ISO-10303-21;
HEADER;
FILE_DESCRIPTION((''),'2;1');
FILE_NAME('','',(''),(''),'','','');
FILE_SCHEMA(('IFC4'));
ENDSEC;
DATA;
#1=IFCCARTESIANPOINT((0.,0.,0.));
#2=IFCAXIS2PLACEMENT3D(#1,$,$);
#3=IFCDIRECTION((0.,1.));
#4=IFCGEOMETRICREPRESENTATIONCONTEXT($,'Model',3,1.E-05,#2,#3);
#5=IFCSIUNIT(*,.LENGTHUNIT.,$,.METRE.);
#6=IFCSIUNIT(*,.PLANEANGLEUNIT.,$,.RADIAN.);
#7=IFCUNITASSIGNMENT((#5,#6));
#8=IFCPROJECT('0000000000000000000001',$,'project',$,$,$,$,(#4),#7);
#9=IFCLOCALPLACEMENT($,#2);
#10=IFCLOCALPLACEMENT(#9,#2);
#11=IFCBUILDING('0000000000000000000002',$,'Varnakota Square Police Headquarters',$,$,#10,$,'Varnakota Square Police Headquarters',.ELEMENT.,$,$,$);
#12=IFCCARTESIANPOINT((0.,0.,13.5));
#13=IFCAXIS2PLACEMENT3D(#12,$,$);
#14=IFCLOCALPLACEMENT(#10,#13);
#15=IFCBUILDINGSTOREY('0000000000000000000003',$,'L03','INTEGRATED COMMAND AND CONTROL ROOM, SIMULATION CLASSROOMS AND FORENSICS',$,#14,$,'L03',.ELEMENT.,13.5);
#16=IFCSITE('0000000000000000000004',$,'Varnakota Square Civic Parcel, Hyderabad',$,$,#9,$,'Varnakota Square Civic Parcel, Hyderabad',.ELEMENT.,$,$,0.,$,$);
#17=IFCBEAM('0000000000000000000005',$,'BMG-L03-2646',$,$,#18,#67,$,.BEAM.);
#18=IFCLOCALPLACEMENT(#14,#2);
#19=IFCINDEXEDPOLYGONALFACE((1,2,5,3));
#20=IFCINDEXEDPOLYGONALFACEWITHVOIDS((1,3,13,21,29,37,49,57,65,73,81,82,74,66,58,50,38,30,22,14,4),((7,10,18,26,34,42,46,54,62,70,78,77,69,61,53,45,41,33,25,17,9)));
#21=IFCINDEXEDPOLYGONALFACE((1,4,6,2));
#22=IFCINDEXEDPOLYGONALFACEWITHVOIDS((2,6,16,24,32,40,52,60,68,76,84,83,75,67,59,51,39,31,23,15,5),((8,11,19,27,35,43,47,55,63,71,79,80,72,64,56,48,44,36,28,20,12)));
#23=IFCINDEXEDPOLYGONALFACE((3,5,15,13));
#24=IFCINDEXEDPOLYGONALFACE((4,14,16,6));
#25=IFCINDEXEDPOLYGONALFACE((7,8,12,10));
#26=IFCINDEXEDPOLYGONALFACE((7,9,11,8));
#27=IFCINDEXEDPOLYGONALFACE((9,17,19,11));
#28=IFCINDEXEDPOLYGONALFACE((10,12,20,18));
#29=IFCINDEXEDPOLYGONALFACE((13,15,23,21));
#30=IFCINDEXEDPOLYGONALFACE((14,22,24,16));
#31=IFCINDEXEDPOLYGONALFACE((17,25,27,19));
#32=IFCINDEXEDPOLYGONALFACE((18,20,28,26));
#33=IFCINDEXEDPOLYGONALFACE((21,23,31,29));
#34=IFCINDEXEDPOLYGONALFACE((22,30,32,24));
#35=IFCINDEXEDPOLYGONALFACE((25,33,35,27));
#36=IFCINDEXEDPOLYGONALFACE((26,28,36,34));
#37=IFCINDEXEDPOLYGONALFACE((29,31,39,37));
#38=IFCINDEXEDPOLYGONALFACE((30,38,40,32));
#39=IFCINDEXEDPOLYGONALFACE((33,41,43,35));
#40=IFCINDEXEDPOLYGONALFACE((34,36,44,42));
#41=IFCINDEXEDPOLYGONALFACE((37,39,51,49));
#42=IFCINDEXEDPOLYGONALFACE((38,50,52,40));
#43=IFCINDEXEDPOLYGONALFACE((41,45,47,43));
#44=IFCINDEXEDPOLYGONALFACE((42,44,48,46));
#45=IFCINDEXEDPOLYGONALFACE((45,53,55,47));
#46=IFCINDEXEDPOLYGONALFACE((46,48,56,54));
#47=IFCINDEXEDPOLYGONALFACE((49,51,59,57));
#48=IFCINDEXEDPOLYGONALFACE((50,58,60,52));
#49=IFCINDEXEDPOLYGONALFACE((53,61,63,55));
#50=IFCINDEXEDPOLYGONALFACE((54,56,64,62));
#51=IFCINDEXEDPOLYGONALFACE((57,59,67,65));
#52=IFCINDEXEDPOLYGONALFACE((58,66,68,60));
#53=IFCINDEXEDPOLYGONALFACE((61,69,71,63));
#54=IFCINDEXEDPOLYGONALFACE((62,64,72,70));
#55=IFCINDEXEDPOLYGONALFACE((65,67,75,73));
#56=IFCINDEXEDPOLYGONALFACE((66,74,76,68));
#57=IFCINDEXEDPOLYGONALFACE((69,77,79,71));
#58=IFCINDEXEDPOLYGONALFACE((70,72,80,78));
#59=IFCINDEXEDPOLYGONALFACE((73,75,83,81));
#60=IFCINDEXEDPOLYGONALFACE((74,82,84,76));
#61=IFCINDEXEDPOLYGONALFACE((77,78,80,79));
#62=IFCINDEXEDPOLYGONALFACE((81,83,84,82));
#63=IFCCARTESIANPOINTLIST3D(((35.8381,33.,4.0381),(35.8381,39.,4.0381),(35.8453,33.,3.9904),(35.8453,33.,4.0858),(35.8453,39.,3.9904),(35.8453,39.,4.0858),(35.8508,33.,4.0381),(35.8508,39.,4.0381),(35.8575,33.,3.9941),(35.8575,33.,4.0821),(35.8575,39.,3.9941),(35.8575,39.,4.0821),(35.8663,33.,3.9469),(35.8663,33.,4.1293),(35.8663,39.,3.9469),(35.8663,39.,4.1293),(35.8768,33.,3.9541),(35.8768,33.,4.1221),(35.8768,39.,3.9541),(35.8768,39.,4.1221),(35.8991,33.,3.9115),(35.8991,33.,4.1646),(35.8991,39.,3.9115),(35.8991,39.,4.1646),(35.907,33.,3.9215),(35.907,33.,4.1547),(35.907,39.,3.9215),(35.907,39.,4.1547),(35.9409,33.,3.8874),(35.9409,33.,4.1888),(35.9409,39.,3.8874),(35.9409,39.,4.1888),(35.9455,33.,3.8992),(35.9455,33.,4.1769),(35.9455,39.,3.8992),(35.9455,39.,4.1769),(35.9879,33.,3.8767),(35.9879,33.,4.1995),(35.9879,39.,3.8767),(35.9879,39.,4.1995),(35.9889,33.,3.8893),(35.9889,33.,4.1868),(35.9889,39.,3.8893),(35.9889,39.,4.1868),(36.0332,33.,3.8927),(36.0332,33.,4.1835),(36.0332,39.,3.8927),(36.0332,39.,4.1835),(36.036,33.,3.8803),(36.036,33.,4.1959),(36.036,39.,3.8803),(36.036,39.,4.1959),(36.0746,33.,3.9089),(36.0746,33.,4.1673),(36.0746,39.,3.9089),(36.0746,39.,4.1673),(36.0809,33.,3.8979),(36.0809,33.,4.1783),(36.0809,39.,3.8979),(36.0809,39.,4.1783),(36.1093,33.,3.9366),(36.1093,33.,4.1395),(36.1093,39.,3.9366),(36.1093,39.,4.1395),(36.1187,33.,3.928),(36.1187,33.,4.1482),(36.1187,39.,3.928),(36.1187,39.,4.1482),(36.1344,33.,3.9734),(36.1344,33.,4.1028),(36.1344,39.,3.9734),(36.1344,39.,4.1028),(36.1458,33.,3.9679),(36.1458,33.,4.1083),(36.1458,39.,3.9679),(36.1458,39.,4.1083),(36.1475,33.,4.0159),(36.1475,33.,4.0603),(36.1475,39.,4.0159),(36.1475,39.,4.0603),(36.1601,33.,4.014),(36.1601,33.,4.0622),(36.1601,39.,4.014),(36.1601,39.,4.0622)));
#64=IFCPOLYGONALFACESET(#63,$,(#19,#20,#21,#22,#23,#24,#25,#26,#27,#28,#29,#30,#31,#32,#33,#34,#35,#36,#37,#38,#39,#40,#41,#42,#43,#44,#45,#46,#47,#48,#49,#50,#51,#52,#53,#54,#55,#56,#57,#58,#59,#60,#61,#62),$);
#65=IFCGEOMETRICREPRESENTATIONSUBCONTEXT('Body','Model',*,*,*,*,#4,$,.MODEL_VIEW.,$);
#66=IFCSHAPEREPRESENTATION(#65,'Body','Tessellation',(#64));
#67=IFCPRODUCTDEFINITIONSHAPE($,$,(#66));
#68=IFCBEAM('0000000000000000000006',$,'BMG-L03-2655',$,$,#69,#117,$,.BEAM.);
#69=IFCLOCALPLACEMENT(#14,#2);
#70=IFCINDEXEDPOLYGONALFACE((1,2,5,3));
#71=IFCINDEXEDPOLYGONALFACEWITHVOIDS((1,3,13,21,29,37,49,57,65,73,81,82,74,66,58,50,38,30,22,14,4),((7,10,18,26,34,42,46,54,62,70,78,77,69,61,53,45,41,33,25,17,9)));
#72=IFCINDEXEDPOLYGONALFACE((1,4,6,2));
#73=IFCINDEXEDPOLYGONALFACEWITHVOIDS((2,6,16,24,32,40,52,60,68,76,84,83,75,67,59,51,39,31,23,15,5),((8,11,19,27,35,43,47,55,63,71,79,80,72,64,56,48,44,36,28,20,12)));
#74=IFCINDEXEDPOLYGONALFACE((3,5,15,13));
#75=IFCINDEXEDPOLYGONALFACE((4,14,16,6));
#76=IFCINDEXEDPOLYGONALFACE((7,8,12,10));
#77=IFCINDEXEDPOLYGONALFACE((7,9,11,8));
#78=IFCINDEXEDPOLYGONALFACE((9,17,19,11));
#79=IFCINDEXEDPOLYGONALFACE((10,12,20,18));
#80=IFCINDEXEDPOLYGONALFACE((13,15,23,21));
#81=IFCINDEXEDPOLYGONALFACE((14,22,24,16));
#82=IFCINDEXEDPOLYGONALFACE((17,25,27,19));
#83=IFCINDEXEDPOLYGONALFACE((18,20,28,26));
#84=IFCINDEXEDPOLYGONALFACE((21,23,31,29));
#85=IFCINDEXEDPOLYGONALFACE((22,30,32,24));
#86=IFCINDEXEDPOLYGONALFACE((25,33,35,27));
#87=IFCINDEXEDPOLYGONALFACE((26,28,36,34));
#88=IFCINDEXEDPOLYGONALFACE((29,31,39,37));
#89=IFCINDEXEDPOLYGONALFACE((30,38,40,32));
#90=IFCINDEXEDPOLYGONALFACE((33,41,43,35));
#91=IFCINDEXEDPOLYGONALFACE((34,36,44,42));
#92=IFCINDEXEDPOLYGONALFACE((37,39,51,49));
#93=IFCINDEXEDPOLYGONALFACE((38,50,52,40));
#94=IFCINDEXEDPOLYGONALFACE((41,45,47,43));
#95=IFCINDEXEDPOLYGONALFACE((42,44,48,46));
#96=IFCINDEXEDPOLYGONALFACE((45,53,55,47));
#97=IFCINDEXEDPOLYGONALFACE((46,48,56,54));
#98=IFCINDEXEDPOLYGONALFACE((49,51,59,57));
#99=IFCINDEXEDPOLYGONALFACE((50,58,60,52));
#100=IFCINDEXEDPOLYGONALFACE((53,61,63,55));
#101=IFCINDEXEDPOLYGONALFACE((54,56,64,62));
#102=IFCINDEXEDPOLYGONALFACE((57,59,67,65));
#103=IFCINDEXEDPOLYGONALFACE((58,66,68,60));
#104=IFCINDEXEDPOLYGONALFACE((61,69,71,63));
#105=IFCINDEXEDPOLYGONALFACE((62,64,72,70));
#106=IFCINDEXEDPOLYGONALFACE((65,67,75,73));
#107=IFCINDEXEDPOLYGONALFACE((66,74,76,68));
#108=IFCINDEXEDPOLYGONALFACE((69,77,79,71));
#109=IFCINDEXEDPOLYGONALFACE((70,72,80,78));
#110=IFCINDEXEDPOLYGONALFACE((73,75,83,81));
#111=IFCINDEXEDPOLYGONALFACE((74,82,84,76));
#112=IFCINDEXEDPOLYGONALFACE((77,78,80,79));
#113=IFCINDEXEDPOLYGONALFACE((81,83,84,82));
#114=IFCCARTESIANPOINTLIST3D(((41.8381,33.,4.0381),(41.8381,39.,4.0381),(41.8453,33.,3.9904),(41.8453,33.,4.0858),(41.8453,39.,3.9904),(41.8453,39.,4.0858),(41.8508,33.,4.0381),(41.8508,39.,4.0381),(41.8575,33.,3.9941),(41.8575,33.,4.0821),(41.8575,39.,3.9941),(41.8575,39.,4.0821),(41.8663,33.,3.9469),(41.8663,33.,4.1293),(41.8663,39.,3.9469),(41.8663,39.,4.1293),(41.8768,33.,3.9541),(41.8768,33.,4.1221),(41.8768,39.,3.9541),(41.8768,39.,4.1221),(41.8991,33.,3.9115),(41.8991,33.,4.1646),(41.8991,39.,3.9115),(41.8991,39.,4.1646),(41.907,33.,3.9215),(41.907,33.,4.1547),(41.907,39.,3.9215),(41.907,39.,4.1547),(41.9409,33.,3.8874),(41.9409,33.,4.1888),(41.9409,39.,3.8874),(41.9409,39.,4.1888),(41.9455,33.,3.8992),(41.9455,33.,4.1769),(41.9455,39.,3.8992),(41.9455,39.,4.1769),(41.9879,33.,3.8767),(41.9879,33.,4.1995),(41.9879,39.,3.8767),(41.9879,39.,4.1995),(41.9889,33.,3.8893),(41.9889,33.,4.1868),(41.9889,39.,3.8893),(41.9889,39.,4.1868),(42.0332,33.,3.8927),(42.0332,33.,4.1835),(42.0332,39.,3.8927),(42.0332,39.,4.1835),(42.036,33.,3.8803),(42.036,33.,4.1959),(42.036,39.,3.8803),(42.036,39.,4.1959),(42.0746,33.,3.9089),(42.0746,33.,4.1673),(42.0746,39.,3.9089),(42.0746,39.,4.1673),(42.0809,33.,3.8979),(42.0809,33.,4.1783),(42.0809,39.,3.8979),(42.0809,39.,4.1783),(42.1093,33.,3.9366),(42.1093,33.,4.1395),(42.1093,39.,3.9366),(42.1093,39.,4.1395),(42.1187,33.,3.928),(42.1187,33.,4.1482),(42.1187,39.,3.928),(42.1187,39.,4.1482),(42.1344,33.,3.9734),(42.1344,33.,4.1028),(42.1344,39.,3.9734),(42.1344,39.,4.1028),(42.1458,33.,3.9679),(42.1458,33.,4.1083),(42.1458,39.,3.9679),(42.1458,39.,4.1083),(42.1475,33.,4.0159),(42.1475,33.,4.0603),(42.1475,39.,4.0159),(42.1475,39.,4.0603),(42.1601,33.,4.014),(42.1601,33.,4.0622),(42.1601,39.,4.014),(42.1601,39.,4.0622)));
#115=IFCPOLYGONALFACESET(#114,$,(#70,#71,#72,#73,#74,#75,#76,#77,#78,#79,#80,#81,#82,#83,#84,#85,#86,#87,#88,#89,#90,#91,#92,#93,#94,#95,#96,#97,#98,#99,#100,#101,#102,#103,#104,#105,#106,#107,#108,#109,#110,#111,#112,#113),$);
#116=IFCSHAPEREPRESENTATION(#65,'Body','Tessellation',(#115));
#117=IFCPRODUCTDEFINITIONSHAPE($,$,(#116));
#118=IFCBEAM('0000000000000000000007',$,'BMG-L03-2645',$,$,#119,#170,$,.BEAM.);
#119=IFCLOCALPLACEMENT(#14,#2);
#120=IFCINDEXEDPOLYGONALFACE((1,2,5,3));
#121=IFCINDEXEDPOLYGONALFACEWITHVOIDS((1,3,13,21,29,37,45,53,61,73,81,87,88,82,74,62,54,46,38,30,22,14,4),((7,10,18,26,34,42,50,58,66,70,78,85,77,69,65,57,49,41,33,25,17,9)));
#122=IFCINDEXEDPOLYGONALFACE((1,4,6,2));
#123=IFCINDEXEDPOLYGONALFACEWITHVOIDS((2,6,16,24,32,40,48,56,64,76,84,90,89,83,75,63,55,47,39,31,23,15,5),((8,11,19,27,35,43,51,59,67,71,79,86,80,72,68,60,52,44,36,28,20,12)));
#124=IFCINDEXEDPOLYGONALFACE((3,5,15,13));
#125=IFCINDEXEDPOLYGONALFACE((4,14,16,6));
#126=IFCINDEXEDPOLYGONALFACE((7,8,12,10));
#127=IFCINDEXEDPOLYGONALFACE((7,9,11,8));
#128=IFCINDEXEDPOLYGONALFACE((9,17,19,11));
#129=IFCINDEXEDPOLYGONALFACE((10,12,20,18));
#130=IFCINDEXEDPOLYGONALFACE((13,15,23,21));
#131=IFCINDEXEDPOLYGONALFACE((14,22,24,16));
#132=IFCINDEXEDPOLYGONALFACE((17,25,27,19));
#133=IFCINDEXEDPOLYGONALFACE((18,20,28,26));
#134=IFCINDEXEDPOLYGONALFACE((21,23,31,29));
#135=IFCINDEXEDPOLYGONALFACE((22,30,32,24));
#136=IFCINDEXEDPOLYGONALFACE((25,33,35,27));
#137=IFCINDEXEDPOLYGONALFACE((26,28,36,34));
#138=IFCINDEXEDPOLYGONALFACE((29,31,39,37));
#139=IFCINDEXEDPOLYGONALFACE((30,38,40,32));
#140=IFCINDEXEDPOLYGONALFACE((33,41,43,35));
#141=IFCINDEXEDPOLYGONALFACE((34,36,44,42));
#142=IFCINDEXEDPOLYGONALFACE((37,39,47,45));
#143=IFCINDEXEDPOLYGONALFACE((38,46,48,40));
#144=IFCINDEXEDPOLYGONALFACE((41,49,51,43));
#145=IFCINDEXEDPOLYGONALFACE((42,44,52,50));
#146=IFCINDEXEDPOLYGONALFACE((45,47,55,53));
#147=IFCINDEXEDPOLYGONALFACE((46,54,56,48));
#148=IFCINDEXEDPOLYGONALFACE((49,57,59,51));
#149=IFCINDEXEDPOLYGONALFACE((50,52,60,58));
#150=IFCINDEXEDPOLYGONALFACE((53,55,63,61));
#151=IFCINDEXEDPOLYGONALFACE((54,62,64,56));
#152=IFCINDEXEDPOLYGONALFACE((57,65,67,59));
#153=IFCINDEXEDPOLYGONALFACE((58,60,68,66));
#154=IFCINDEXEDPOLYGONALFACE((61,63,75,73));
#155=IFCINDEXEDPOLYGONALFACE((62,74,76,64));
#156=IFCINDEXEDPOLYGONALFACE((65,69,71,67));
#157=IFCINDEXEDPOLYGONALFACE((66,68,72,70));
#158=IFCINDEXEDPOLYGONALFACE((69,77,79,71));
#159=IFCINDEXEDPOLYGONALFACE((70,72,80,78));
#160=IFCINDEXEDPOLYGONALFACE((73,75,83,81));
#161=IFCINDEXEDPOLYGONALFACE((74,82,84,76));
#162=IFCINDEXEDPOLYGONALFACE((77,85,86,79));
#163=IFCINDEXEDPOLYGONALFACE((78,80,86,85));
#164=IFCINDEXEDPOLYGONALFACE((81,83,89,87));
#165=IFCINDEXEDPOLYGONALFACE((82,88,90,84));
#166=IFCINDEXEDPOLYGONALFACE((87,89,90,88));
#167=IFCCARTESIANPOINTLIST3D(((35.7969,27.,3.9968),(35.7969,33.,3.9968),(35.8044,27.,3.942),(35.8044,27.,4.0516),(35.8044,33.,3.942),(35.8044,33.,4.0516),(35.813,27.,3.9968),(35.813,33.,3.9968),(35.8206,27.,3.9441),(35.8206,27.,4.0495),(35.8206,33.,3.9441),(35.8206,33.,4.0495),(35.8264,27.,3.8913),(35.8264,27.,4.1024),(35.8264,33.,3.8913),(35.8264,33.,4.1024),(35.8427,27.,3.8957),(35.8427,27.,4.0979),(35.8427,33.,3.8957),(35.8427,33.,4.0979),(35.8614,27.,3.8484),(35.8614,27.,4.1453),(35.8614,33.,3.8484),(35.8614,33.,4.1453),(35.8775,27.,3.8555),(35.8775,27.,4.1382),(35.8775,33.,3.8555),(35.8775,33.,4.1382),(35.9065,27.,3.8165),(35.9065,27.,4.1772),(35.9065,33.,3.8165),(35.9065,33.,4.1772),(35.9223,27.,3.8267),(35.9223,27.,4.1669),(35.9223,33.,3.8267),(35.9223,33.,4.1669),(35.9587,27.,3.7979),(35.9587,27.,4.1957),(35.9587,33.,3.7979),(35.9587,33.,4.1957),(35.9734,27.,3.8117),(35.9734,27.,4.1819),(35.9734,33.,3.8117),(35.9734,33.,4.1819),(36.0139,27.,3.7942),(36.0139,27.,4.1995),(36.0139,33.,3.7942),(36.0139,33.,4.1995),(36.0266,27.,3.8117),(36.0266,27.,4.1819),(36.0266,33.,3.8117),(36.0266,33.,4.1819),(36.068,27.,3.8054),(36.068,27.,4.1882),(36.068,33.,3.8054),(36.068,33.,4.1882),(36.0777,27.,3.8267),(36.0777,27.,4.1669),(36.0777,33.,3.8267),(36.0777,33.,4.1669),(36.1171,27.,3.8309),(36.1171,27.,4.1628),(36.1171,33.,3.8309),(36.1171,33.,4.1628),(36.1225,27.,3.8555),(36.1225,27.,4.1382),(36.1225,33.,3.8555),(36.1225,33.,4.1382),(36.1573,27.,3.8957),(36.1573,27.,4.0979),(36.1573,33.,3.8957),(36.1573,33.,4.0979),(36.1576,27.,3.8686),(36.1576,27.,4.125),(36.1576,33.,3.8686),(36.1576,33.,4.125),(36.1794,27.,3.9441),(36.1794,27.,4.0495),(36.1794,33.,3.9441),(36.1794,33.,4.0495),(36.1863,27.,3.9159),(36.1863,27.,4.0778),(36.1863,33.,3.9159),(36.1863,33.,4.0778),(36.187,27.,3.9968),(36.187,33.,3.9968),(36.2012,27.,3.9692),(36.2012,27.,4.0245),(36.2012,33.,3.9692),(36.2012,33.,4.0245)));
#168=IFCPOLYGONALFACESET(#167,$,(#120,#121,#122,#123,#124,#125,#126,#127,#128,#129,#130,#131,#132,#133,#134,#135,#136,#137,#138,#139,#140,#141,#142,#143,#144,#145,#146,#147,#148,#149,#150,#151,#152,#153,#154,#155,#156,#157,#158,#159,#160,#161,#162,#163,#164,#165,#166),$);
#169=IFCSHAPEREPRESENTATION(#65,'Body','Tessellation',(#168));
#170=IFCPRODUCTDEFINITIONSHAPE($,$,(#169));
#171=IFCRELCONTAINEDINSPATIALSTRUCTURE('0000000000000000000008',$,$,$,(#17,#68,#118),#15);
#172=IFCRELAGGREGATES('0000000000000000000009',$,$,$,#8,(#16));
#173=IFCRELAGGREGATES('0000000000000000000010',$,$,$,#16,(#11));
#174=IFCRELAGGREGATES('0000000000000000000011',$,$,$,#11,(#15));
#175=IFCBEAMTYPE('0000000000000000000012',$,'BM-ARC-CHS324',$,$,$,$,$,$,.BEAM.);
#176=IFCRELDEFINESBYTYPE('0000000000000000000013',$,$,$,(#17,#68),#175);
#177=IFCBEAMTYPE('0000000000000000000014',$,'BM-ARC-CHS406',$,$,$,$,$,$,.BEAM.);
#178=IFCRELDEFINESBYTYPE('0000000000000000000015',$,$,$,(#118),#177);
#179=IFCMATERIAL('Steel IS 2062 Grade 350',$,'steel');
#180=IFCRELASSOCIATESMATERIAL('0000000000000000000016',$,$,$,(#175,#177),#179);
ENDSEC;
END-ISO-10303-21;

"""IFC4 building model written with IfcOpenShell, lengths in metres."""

from ifc_helpers import new_model, si_unit, direction, frame, origin, origin_2d, place, context, subcontext, project, spatial, hollow_circle, extrude, material, material_profile, profile_set, type_object, element, save


model = new_model("IFC4")

# Units and contexts
model_context = context("Model", 3, precision=1e-05, world=origin(), true_north=direction((0.0, 1.0)))
body_context = subcontext(model_context, "Body", "Model", "MODEL_VIEW")
ifc_project = project(units=[si_unit("LENGTHUNIT", "METRE"), si_unit("PLANEANGLEUNIT", "RADIAN")], contexts=[model_context])

# Site, building, storey
site_placement = place(None, origin())
site = spatial("IfcSite", under=ifc_project, at=site_placement, Name="Varnakota Square Civic Parcel, Hyderabad", LongName="Varnakota Square Civic Parcel, Hyderabad", CompositionType="ELEMENT", RefElevation=0.0)
building_placement = place(site_placement, origin())
building = spatial("IfcBuilding", under=site, at=building_placement, Name="Varnakota Square Police Headquarters", LongName="Varnakota Square Police Headquarters", CompositionType="ELEMENT")
storey_placement = place(building_placement, frame((0.0, 0.0, 13.5)))
storey = spatial("IfcBuildingStorey", under=building, at=storey_placement, Name="L03", Description="INTEGRATED COMMAND AND CONTROL ROOM, SIMULATION CLASSROOMS AND FORENSICS", LongName="L03", CompositionType="ELEMENT", Elevation=13.5)

# Shared definitions
ifc_material_1 = material(Name="Steel IS 2062 Grade 350", Category="steel")

# Beams
ifc_material_profile_1 = material_profile(ifc_material_1, hollow_circle(Radius=0.1619, WallThickness=0.0127, at=origin_2d()), Name="CHS 323.9x12.7")
ifc_profile_set_1 = profile_set([ifc_material_profile_1], Name="Steel IS 2062 Grade 350")
beam_type_1 = type_object("IfcBeamType", Name="BM-ARC-CHS324", PredefinedType="BEAM", material=ifc_profile_set_1)
for number, where, z_axis, x_axis, name in (
    (1, (36.0, 33.0, 4.0381), (0.0, 1.0, 0.0), (-1.0, 0.0, 0.0), "BMG-L03-2646"),
    (2, (42.0, 33.0, 4.0381), (0.0, 1.0, 0.0), (-1.0, 0.0, 0.0), "BMG-L03-2655"),
):
    element("IfcBeam", number, at=place(storey_placement, frame(where, z_axis=z_axis, x_axis=x_axis)), inside=storey, type_object=beam_type_1, Name=name, PredefinedType="BEAM", context=body_context, shape_type="SweptSolid", body=[
        extrude(hollow_circle(Radius=0.1619, WallThickness=0.0127, at=origin_2d()), origin(), (0.0, 0.0, 1.0), 6.0),
    ])
ifc_material_profile_2 = material_profile(ifc_material_1, hollow_circle(Radius=0.2031, WallThickness=0.0161, at=origin_2d()), Name="CHS 406.4x16.0")
ifc_profile_set_2 = profile_set([ifc_material_profile_2], Name="Steel IS 2062 Grade 350")
beam_type_2 = type_object("IfcBeamType", Name="BM-ARC-CHS406", PredefinedType="BEAM", material=ifc_profile_set_2)
for number, where, z_axis, x_axis, name in (
    (3, (36.0, 27.0, 3.9968), (0.0, 1.0, 0.0), (-1.0, 0.0, 0.0), "BMG-L03-2645"),
):
    element("IfcBeam", number, at=place(storey_placement, frame(where, z_axis=z_axis, x_axis=x_axis)), inside=storey, type_object=beam_type_2, Name=name, PredefinedType="BEAM", context=body_context, shape_type="SweptSolid", body=[
        extrude(hollow_circle(Radius=0.2031, WallThickness=0.0161, at=origin_2d()), origin(), (0.0, 0.0, 1.0), 6.0),
    ])

save(model, "model.ifc")
